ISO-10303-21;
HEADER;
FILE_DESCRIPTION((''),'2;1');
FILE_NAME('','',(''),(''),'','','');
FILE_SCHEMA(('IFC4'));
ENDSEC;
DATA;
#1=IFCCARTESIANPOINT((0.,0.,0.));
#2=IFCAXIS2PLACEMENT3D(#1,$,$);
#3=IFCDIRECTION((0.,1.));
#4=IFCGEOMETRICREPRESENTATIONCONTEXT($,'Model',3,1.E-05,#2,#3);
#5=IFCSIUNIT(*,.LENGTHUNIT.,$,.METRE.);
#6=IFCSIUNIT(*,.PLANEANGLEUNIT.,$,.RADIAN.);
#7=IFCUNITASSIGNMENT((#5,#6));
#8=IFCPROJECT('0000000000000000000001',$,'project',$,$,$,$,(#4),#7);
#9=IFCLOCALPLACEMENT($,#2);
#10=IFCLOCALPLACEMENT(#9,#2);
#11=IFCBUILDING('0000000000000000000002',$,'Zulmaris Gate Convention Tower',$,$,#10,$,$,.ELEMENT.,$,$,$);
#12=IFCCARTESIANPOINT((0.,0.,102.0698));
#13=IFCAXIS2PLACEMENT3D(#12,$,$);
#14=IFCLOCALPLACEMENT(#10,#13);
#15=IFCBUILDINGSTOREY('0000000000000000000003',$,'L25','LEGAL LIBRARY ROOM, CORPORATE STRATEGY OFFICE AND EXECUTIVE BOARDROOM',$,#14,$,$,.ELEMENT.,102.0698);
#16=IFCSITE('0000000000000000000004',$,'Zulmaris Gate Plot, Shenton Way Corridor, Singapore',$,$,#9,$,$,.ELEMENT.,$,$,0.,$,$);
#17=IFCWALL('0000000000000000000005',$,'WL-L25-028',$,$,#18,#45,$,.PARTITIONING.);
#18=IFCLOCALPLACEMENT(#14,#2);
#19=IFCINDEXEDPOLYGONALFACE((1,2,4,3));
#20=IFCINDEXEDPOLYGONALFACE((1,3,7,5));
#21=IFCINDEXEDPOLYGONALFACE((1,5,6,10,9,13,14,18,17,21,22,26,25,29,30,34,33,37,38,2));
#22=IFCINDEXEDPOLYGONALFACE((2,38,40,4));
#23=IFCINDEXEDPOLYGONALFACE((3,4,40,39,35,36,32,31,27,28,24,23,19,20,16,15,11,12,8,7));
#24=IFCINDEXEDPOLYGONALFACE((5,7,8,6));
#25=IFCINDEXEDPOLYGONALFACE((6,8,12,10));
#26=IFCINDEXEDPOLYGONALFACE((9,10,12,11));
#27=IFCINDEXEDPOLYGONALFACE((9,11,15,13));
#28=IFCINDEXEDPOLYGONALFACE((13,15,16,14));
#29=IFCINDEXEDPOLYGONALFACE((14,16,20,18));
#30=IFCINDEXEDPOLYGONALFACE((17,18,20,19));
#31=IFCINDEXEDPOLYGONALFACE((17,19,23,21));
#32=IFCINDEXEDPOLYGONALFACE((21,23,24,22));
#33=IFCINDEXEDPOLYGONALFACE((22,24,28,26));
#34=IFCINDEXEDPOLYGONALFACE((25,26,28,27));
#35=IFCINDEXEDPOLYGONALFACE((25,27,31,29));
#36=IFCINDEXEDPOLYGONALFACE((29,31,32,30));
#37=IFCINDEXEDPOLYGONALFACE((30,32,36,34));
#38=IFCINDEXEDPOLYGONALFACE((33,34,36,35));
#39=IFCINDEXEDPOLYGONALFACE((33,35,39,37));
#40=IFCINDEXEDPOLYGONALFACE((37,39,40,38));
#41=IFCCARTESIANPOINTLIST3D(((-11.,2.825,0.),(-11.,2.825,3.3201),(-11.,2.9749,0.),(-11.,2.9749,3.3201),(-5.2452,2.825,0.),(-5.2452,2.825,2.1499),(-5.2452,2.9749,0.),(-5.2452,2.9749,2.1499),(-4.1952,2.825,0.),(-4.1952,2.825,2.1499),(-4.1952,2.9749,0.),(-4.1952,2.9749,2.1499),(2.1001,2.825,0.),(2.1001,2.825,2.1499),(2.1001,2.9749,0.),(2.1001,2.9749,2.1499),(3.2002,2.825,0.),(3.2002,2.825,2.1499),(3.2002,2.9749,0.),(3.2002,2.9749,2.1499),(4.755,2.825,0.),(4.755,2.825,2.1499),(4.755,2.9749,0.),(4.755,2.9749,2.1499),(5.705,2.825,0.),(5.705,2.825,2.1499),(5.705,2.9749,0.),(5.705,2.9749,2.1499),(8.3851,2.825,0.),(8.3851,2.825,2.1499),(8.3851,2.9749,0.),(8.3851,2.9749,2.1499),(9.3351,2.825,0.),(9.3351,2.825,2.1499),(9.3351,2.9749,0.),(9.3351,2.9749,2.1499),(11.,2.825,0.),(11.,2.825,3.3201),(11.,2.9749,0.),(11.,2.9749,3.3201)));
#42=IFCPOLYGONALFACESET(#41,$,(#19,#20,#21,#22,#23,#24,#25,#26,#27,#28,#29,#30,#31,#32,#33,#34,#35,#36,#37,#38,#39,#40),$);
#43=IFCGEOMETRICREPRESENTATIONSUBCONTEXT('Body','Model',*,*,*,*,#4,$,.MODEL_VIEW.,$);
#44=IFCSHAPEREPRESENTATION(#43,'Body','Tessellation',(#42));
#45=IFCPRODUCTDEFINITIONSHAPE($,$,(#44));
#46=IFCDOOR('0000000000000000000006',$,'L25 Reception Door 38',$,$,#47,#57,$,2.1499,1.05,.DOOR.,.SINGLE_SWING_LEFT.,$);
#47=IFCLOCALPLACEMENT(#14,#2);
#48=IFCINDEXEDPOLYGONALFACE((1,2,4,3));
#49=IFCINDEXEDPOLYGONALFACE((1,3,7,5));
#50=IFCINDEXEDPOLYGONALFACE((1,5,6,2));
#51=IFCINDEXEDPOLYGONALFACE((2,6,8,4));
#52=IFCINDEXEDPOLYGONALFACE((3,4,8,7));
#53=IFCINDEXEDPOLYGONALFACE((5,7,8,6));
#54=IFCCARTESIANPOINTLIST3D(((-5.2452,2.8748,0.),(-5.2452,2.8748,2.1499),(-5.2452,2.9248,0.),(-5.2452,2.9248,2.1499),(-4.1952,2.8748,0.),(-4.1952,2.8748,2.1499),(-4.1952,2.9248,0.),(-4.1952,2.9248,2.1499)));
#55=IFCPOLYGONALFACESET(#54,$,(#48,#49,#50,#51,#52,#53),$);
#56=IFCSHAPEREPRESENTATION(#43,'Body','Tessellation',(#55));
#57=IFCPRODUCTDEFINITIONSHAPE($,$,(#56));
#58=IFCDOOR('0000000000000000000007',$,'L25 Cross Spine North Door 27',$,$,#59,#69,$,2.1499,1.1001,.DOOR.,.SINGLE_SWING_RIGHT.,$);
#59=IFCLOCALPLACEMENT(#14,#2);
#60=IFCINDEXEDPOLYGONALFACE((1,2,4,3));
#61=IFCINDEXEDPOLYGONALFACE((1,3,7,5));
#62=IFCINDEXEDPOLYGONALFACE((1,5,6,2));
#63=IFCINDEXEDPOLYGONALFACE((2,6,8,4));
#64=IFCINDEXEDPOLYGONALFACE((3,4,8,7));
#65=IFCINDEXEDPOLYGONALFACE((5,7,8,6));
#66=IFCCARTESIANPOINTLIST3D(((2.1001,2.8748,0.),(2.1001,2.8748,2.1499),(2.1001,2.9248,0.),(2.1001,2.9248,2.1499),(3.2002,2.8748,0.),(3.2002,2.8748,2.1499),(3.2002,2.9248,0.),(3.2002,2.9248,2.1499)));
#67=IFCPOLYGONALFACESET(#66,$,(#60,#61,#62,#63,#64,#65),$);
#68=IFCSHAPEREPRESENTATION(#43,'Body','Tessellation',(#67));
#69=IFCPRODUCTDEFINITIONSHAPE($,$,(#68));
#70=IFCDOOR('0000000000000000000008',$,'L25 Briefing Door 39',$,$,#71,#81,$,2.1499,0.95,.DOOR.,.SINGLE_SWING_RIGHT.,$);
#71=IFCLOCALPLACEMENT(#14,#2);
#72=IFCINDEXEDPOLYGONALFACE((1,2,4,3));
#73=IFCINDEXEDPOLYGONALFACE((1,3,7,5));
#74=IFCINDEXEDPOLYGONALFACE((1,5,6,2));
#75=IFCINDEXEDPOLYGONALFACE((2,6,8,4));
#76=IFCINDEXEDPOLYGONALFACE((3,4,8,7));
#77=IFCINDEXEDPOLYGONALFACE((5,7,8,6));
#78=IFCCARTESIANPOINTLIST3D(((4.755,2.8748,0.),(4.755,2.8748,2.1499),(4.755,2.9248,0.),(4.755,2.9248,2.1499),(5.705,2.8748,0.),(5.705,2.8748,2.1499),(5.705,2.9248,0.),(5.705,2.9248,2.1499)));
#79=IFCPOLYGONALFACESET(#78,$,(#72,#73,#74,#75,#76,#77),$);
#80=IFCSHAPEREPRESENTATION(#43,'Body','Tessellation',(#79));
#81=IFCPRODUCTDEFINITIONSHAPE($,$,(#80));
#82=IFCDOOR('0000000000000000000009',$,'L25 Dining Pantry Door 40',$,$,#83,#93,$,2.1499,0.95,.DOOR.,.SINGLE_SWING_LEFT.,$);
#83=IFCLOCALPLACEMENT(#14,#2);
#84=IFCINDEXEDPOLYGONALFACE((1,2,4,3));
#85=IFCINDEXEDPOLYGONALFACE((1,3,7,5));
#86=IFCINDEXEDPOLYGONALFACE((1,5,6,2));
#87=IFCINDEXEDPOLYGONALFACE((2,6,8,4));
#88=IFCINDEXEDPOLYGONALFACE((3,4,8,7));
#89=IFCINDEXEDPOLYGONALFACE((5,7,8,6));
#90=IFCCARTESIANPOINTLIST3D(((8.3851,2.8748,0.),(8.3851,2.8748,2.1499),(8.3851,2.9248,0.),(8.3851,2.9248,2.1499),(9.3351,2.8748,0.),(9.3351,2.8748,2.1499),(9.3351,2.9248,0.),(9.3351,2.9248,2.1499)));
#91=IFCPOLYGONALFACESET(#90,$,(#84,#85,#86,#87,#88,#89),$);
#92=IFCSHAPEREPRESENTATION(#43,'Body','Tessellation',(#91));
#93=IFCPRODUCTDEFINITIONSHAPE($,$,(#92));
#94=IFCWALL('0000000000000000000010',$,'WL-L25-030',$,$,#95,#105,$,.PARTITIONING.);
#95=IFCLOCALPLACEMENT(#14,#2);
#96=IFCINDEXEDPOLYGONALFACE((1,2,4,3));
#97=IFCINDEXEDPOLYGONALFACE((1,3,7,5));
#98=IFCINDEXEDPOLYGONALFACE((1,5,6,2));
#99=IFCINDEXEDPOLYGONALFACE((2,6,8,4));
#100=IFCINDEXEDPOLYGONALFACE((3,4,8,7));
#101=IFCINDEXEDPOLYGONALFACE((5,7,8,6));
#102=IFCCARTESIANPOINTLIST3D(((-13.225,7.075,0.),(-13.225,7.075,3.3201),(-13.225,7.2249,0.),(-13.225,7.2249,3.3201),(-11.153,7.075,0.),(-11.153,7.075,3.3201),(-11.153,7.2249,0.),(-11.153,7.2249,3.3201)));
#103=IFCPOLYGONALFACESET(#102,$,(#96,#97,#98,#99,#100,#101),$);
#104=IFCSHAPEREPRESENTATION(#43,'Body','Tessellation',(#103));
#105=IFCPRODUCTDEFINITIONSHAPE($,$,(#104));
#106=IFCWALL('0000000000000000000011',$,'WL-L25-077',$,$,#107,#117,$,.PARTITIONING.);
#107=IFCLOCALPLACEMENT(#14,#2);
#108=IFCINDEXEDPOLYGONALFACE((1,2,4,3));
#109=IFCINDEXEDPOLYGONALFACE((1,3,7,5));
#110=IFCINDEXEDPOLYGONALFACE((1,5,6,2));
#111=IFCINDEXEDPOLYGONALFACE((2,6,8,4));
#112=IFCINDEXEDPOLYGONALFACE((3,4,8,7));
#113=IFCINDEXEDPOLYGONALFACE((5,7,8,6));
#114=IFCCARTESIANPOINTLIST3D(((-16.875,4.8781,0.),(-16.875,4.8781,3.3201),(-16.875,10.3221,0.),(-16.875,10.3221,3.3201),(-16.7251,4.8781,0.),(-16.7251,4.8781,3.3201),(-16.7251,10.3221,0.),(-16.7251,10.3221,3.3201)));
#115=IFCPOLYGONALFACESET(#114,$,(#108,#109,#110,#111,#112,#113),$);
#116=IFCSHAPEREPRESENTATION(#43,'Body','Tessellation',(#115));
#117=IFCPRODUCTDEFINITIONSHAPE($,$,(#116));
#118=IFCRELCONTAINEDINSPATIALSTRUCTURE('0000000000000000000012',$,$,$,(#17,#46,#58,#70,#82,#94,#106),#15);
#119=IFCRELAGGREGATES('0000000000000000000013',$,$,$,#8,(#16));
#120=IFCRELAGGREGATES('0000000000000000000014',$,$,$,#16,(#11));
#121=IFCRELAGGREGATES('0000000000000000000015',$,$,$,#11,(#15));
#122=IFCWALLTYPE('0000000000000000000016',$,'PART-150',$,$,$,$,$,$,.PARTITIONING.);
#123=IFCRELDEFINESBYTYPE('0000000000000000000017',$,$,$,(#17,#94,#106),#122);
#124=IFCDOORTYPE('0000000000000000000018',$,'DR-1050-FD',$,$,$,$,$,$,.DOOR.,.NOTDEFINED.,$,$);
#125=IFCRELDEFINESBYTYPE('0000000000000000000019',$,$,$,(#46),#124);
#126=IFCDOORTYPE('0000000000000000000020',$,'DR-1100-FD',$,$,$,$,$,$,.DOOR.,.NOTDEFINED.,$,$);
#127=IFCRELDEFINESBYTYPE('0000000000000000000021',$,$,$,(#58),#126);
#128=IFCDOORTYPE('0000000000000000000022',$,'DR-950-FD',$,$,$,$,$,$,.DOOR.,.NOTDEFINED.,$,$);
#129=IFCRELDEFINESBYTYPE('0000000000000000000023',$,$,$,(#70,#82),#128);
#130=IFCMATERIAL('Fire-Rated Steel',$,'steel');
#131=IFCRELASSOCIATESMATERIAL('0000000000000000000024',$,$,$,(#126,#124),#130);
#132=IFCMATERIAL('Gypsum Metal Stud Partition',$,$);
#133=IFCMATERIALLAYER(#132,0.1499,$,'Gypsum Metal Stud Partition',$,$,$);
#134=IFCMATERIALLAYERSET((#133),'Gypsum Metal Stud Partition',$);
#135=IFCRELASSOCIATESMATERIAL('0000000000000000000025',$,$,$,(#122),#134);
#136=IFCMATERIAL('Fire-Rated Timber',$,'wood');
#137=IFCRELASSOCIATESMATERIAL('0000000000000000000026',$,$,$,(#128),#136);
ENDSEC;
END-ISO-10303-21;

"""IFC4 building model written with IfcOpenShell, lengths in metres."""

from ifc_helpers import new_model, si_unit, direction, frame, frame_2d, origin, place, context, subcontext, project, spatial, rectangle, extrude, material, layer, layer_set, type_object, element, fill, save


model = new_model("IFC4")

# Units and contexts
model_context = context("Model", 3, precision=1e-05, world=origin(), true_north=direction((0.0, 1.0)))
body_context = subcontext(model_context, "Body", "Model", "MODEL_VIEW")
ifc_project = project(units=[si_unit("LENGTHUNIT", "METRE"), si_unit("PLANEANGLEUNIT", "RADIAN")], contexts=[model_context])

# Site, building, storey
site_placement = place(None, origin())
site = spatial("IfcSite", under=ifc_project, at=site_placement, Name="Zulmaris Gate Plot, Shenton Way Corridor, Singapore", CompositionType="ELEMENT", RefElevation=0.0)
building_placement = place(site_placement, origin())
building = spatial("IfcBuilding", under=site, at=building_placement, Name="Zulmaris Gate Convention Tower", CompositionType="ELEMENT")
storey_placement = place(building_placement, frame((0.0, 0.0, 102.0698)))
storey = spatial("IfcBuildingStorey", under=building, at=storey_placement, Name="L25", Description="LEGAL LIBRARY ROOM, CORPORATE STRATEGY OFFICE AND EXECUTIVE BOARDROOM", CompositionType="ELEMENT", Elevation=102.0698)

# Shared definitions
ifc_material_1 = material(Name="Fire-Rated Steel", Category="steel")
door_type_1 = type_object("IfcDoorType", Name="DR-1100-FD", OperationType="NOTDEFINED", PredefinedType="DOOR", material=ifc_material_1)

# Wall, openings, doors
ifc_material_2 = material(Name="Gypsum Metal Stud Partition")
ifc_layer_1 = layer(ifc_material_2, 0.1499, Name="Gypsum Metal Stud Partition")
ifc_layer_set_1 = layer_set([ifc_layer_1], Name="Gypsum Metal Stud Partition")
wall_type_1 = type_object("IfcWallType", Name="PART-150", PredefinedType="PARTITIONING", material=ifc_layer_set_1)
wall_1_placement = place(storey_placement, frame((-11.0, 2.8999, 0.0), z_axis=(0.0, 0.0, 1.0), x_axis=(1.0, 0.0, 0.0)))
wall_1 = element("IfcWall", 1, at=wall_1_placement, inside=storey, type_object=wall_type_1, Name="WL-L25-028", PredefinedType="PARTITIONING", context=body_context, shape_type="SweptSolid", body=[
    extrude(rectangle(XDim=22.0, YDim=0.1499, at=frame_2d((11.0, 0.0))), origin(), (0.0, 0.0, 1.0), 3.3201),
])
opening_1_placement = place(wall_1_placement, frame((13.1001, 0.0, 0.0)))
opening_1 = element("IfcOpeningElement", 2, at=opening_1_placement, cuts=wall_1, PredefinedType="OPENING", context=body_context, shape_type="SweptSolid", body=[
    extrude(rectangle(XDim=1.1001, YDim=2.1499, at=frame_2d((0.55, 1.075))), frame((0.0, 0.085, 0.0), z_axis=(0.0, -1.0, 0.0), x_axis=(1.0, 0.0, 0.0)), (0.0, 0.0, 1.0), 0.1699),
])
opening_2_placement = place(wall_1_placement, frame((5.7549, 0.0, 0.0)))
opening_2 = element("IfcOpeningElement", 3, at=opening_2_placement, cuts=wall_1, PredefinedType="OPENING", context=body_context, shape_type="SweptSolid", body=[
    extrude(rectangle(XDim=1.05, YDim=2.1499, at=frame_2d((0.5249, 1.075))), frame((0.0, 0.085, 0.0), z_axis=(0.0, -1.0, 0.0), x_axis=(1.0, 0.0, 0.0)), (0.0, 0.0, 1.0), 0.1699),
])
opening_3_placement = place(wall_1_placement, frame((15.7549, 0.0, 0.0)))
opening_3 = element("IfcOpeningElement", 4, at=opening_3_placement, cuts=wall_1, PredefinedType="OPENING", context=body_context, shape_type="SweptSolid", body=[
    extrude(rectangle(XDim=0.95, YDim=2.1499, at=frame_2d((0.4751, 1.075))), frame((0.0, 0.085, 0.0), z_axis=(0.0, -1.0, 0.0), x_axis=(1.0, 0.0, 0.0)), (0.0, 0.0, 1.0), 0.1699),
])
opening_4_placement = place(wall_1_placement, frame((19.385, 0.0, 0.0)))
opening_4 = element("IfcOpeningElement", 5, at=opening_4_placement, cuts=wall_1, PredefinedType="OPENING", context=body_context, shape_type="SweptSolid", body=[
    extrude(rectangle(XDim=0.95, YDim=2.1499, at=frame_2d((0.4751, 1.075))), frame((0.0, 0.085, 0.0), z_axis=(0.0, -1.0, 0.0), x_axis=(1.0, 0.0, 0.0)), (0.0, 0.0, 1.0), 0.1699),
])
door_type_2 = type_object("IfcDoorType", Name="DR-1050-FD", OperationType="NOTDEFINED", PredefinedType="DOOR", material=ifc_material_1)
door_1_placement = place(opening_2_placement, origin())
door_1 = element("IfcDoor", 6, at=door_1_placement, inside=storey, type_object=door_type_2, Name="L25 Reception Door 38", OperationType="SINGLE_SWING_LEFT", OverallHeight=2.1499, OverallWidth=1.05, PredefinedType="DOOR", context=body_context, shape_type="SweptSolid", body=[
    extrude(rectangle(XDim=1.05, YDim=2.1499, at=frame_2d((0.5249, 1.075))), frame((0.0, 0.0249, 0.0), z_axis=(0.0, -1.0, 0.0), x_axis=(1.0, 0.0, 0.0)), (0.0, 0.0, 1.0), 0.05),
])
fill(opening_2, door_1)
door_2_placement = place(opening_1_placement, origin())
door_2 = element("IfcDoor", 7, at=door_2_placement, inside=storey, type_object=door_type_1, Name="L25 Cross Spine North Door 27", OperationType="SINGLE_SWING_RIGHT", OverallHeight=2.1499, OverallWidth=1.1001, PredefinedType="DOOR", context=body_context, shape_type="SweptSolid", body=[
    extrude(rectangle(XDim=1.1001, YDim=2.1499, at=frame_2d((0.55, 1.075))), frame((0.0, 0.0249, 0.0), z_axis=(0.0, -1.0, 0.0), x_axis=(1.0, 0.0, 0.0)), (0.0, 0.0, 1.0), 0.05),
])
fill(opening_1, door_2)
ifc_material_3 = material(Name="Fire-Rated Timber", Category="wood")
door_type_3 = type_object("IfcDoorType", Name="DR-950-FD", OperationType="NOTDEFINED", PredefinedType="DOOR", material=ifc_material_3)
door_3_placement = place(opening_3_placement, origin())
door_3 = element("IfcDoor", 8, at=door_3_placement, inside=storey, type_object=door_type_3, Name="L25 Briefing Door 39", OperationType="SINGLE_SWING_RIGHT", OverallHeight=2.1499, OverallWidth=0.95, PredefinedType="DOOR", context=body_context, shape_type="SweptSolid", body=[
    extrude(rectangle(XDim=0.95, YDim=2.1499, at=frame_2d((0.4751, 1.075))), frame((0.0, 0.0249, 0.0), z_axis=(0.0, -1.0, 0.0), x_axis=(1.0, 0.0, 0.0)), (0.0, 0.0, 1.0), 0.05),
])
fill(opening_3, door_3)
door_4_placement = place(opening_4_placement, origin())
door_4 = element("IfcDoor", 9, at=door_4_placement, inside=storey, type_object=door_type_3, Name="L25 Dining Pantry Door 40", OperationType="SINGLE_SWING_LEFT", OverallHeight=2.1499, OverallWidth=0.95, PredefinedType="DOOR", context=body_context, shape_type="SweptSolid", body=[
    extrude(rectangle(XDim=0.95, YDim=2.1499, at=frame_2d((0.4751, 1.075))), frame((0.0, 0.0249, 0.0), z_axis=(0.0, -1.0, 0.0), x_axis=(1.0, 0.0, 0.0)), (0.0, 0.0, 1.0), 0.05),
])
fill(opening_4, door_4)

# Walls
wall_2_placement = place(storey_placement, frame((-13.2251, 7.1499, 0.0), z_axis=(0.0, 0.0, 1.0), x_axis=(1.0, 0.0, 0.0)))
element("IfcWall", 10, at=wall_2_placement, inside=storey, type_object=wall_type_1, Name="WL-L25-030", PredefinedType="PARTITIONING", context=body_context, shape_type="SweptSolid", body=[
    extrude(rectangle(XDim=2.072, YDim=0.1499, at=frame_2d((1.0361, 0.0))), origin(), (0.0, 0.0, 1.0), 3.3201),
])
wall_3_placement = place(storey_placement, frame((-16.8, 4.8779, 0.0), z_axis=(0.0, 0.0, 1.0), x_axis=(0.0, 1.0, 0.0)))
element("IfcWall", 11, at=wall_3_placement, inside=storey, type_object=wall_type_1, Name="WL-L25-077", PredefinedType="PARTITIONING", context=body_context, shape_type="SweptSolid", body=[
    extrude(rectangle(XDim=5.4441, YDim=0.1499, at=frame_2d((2.7222, 0.0))), origin(), (0.0, 0.0, 1.0), 3.3201),
])

save(model, "model.ifc")
